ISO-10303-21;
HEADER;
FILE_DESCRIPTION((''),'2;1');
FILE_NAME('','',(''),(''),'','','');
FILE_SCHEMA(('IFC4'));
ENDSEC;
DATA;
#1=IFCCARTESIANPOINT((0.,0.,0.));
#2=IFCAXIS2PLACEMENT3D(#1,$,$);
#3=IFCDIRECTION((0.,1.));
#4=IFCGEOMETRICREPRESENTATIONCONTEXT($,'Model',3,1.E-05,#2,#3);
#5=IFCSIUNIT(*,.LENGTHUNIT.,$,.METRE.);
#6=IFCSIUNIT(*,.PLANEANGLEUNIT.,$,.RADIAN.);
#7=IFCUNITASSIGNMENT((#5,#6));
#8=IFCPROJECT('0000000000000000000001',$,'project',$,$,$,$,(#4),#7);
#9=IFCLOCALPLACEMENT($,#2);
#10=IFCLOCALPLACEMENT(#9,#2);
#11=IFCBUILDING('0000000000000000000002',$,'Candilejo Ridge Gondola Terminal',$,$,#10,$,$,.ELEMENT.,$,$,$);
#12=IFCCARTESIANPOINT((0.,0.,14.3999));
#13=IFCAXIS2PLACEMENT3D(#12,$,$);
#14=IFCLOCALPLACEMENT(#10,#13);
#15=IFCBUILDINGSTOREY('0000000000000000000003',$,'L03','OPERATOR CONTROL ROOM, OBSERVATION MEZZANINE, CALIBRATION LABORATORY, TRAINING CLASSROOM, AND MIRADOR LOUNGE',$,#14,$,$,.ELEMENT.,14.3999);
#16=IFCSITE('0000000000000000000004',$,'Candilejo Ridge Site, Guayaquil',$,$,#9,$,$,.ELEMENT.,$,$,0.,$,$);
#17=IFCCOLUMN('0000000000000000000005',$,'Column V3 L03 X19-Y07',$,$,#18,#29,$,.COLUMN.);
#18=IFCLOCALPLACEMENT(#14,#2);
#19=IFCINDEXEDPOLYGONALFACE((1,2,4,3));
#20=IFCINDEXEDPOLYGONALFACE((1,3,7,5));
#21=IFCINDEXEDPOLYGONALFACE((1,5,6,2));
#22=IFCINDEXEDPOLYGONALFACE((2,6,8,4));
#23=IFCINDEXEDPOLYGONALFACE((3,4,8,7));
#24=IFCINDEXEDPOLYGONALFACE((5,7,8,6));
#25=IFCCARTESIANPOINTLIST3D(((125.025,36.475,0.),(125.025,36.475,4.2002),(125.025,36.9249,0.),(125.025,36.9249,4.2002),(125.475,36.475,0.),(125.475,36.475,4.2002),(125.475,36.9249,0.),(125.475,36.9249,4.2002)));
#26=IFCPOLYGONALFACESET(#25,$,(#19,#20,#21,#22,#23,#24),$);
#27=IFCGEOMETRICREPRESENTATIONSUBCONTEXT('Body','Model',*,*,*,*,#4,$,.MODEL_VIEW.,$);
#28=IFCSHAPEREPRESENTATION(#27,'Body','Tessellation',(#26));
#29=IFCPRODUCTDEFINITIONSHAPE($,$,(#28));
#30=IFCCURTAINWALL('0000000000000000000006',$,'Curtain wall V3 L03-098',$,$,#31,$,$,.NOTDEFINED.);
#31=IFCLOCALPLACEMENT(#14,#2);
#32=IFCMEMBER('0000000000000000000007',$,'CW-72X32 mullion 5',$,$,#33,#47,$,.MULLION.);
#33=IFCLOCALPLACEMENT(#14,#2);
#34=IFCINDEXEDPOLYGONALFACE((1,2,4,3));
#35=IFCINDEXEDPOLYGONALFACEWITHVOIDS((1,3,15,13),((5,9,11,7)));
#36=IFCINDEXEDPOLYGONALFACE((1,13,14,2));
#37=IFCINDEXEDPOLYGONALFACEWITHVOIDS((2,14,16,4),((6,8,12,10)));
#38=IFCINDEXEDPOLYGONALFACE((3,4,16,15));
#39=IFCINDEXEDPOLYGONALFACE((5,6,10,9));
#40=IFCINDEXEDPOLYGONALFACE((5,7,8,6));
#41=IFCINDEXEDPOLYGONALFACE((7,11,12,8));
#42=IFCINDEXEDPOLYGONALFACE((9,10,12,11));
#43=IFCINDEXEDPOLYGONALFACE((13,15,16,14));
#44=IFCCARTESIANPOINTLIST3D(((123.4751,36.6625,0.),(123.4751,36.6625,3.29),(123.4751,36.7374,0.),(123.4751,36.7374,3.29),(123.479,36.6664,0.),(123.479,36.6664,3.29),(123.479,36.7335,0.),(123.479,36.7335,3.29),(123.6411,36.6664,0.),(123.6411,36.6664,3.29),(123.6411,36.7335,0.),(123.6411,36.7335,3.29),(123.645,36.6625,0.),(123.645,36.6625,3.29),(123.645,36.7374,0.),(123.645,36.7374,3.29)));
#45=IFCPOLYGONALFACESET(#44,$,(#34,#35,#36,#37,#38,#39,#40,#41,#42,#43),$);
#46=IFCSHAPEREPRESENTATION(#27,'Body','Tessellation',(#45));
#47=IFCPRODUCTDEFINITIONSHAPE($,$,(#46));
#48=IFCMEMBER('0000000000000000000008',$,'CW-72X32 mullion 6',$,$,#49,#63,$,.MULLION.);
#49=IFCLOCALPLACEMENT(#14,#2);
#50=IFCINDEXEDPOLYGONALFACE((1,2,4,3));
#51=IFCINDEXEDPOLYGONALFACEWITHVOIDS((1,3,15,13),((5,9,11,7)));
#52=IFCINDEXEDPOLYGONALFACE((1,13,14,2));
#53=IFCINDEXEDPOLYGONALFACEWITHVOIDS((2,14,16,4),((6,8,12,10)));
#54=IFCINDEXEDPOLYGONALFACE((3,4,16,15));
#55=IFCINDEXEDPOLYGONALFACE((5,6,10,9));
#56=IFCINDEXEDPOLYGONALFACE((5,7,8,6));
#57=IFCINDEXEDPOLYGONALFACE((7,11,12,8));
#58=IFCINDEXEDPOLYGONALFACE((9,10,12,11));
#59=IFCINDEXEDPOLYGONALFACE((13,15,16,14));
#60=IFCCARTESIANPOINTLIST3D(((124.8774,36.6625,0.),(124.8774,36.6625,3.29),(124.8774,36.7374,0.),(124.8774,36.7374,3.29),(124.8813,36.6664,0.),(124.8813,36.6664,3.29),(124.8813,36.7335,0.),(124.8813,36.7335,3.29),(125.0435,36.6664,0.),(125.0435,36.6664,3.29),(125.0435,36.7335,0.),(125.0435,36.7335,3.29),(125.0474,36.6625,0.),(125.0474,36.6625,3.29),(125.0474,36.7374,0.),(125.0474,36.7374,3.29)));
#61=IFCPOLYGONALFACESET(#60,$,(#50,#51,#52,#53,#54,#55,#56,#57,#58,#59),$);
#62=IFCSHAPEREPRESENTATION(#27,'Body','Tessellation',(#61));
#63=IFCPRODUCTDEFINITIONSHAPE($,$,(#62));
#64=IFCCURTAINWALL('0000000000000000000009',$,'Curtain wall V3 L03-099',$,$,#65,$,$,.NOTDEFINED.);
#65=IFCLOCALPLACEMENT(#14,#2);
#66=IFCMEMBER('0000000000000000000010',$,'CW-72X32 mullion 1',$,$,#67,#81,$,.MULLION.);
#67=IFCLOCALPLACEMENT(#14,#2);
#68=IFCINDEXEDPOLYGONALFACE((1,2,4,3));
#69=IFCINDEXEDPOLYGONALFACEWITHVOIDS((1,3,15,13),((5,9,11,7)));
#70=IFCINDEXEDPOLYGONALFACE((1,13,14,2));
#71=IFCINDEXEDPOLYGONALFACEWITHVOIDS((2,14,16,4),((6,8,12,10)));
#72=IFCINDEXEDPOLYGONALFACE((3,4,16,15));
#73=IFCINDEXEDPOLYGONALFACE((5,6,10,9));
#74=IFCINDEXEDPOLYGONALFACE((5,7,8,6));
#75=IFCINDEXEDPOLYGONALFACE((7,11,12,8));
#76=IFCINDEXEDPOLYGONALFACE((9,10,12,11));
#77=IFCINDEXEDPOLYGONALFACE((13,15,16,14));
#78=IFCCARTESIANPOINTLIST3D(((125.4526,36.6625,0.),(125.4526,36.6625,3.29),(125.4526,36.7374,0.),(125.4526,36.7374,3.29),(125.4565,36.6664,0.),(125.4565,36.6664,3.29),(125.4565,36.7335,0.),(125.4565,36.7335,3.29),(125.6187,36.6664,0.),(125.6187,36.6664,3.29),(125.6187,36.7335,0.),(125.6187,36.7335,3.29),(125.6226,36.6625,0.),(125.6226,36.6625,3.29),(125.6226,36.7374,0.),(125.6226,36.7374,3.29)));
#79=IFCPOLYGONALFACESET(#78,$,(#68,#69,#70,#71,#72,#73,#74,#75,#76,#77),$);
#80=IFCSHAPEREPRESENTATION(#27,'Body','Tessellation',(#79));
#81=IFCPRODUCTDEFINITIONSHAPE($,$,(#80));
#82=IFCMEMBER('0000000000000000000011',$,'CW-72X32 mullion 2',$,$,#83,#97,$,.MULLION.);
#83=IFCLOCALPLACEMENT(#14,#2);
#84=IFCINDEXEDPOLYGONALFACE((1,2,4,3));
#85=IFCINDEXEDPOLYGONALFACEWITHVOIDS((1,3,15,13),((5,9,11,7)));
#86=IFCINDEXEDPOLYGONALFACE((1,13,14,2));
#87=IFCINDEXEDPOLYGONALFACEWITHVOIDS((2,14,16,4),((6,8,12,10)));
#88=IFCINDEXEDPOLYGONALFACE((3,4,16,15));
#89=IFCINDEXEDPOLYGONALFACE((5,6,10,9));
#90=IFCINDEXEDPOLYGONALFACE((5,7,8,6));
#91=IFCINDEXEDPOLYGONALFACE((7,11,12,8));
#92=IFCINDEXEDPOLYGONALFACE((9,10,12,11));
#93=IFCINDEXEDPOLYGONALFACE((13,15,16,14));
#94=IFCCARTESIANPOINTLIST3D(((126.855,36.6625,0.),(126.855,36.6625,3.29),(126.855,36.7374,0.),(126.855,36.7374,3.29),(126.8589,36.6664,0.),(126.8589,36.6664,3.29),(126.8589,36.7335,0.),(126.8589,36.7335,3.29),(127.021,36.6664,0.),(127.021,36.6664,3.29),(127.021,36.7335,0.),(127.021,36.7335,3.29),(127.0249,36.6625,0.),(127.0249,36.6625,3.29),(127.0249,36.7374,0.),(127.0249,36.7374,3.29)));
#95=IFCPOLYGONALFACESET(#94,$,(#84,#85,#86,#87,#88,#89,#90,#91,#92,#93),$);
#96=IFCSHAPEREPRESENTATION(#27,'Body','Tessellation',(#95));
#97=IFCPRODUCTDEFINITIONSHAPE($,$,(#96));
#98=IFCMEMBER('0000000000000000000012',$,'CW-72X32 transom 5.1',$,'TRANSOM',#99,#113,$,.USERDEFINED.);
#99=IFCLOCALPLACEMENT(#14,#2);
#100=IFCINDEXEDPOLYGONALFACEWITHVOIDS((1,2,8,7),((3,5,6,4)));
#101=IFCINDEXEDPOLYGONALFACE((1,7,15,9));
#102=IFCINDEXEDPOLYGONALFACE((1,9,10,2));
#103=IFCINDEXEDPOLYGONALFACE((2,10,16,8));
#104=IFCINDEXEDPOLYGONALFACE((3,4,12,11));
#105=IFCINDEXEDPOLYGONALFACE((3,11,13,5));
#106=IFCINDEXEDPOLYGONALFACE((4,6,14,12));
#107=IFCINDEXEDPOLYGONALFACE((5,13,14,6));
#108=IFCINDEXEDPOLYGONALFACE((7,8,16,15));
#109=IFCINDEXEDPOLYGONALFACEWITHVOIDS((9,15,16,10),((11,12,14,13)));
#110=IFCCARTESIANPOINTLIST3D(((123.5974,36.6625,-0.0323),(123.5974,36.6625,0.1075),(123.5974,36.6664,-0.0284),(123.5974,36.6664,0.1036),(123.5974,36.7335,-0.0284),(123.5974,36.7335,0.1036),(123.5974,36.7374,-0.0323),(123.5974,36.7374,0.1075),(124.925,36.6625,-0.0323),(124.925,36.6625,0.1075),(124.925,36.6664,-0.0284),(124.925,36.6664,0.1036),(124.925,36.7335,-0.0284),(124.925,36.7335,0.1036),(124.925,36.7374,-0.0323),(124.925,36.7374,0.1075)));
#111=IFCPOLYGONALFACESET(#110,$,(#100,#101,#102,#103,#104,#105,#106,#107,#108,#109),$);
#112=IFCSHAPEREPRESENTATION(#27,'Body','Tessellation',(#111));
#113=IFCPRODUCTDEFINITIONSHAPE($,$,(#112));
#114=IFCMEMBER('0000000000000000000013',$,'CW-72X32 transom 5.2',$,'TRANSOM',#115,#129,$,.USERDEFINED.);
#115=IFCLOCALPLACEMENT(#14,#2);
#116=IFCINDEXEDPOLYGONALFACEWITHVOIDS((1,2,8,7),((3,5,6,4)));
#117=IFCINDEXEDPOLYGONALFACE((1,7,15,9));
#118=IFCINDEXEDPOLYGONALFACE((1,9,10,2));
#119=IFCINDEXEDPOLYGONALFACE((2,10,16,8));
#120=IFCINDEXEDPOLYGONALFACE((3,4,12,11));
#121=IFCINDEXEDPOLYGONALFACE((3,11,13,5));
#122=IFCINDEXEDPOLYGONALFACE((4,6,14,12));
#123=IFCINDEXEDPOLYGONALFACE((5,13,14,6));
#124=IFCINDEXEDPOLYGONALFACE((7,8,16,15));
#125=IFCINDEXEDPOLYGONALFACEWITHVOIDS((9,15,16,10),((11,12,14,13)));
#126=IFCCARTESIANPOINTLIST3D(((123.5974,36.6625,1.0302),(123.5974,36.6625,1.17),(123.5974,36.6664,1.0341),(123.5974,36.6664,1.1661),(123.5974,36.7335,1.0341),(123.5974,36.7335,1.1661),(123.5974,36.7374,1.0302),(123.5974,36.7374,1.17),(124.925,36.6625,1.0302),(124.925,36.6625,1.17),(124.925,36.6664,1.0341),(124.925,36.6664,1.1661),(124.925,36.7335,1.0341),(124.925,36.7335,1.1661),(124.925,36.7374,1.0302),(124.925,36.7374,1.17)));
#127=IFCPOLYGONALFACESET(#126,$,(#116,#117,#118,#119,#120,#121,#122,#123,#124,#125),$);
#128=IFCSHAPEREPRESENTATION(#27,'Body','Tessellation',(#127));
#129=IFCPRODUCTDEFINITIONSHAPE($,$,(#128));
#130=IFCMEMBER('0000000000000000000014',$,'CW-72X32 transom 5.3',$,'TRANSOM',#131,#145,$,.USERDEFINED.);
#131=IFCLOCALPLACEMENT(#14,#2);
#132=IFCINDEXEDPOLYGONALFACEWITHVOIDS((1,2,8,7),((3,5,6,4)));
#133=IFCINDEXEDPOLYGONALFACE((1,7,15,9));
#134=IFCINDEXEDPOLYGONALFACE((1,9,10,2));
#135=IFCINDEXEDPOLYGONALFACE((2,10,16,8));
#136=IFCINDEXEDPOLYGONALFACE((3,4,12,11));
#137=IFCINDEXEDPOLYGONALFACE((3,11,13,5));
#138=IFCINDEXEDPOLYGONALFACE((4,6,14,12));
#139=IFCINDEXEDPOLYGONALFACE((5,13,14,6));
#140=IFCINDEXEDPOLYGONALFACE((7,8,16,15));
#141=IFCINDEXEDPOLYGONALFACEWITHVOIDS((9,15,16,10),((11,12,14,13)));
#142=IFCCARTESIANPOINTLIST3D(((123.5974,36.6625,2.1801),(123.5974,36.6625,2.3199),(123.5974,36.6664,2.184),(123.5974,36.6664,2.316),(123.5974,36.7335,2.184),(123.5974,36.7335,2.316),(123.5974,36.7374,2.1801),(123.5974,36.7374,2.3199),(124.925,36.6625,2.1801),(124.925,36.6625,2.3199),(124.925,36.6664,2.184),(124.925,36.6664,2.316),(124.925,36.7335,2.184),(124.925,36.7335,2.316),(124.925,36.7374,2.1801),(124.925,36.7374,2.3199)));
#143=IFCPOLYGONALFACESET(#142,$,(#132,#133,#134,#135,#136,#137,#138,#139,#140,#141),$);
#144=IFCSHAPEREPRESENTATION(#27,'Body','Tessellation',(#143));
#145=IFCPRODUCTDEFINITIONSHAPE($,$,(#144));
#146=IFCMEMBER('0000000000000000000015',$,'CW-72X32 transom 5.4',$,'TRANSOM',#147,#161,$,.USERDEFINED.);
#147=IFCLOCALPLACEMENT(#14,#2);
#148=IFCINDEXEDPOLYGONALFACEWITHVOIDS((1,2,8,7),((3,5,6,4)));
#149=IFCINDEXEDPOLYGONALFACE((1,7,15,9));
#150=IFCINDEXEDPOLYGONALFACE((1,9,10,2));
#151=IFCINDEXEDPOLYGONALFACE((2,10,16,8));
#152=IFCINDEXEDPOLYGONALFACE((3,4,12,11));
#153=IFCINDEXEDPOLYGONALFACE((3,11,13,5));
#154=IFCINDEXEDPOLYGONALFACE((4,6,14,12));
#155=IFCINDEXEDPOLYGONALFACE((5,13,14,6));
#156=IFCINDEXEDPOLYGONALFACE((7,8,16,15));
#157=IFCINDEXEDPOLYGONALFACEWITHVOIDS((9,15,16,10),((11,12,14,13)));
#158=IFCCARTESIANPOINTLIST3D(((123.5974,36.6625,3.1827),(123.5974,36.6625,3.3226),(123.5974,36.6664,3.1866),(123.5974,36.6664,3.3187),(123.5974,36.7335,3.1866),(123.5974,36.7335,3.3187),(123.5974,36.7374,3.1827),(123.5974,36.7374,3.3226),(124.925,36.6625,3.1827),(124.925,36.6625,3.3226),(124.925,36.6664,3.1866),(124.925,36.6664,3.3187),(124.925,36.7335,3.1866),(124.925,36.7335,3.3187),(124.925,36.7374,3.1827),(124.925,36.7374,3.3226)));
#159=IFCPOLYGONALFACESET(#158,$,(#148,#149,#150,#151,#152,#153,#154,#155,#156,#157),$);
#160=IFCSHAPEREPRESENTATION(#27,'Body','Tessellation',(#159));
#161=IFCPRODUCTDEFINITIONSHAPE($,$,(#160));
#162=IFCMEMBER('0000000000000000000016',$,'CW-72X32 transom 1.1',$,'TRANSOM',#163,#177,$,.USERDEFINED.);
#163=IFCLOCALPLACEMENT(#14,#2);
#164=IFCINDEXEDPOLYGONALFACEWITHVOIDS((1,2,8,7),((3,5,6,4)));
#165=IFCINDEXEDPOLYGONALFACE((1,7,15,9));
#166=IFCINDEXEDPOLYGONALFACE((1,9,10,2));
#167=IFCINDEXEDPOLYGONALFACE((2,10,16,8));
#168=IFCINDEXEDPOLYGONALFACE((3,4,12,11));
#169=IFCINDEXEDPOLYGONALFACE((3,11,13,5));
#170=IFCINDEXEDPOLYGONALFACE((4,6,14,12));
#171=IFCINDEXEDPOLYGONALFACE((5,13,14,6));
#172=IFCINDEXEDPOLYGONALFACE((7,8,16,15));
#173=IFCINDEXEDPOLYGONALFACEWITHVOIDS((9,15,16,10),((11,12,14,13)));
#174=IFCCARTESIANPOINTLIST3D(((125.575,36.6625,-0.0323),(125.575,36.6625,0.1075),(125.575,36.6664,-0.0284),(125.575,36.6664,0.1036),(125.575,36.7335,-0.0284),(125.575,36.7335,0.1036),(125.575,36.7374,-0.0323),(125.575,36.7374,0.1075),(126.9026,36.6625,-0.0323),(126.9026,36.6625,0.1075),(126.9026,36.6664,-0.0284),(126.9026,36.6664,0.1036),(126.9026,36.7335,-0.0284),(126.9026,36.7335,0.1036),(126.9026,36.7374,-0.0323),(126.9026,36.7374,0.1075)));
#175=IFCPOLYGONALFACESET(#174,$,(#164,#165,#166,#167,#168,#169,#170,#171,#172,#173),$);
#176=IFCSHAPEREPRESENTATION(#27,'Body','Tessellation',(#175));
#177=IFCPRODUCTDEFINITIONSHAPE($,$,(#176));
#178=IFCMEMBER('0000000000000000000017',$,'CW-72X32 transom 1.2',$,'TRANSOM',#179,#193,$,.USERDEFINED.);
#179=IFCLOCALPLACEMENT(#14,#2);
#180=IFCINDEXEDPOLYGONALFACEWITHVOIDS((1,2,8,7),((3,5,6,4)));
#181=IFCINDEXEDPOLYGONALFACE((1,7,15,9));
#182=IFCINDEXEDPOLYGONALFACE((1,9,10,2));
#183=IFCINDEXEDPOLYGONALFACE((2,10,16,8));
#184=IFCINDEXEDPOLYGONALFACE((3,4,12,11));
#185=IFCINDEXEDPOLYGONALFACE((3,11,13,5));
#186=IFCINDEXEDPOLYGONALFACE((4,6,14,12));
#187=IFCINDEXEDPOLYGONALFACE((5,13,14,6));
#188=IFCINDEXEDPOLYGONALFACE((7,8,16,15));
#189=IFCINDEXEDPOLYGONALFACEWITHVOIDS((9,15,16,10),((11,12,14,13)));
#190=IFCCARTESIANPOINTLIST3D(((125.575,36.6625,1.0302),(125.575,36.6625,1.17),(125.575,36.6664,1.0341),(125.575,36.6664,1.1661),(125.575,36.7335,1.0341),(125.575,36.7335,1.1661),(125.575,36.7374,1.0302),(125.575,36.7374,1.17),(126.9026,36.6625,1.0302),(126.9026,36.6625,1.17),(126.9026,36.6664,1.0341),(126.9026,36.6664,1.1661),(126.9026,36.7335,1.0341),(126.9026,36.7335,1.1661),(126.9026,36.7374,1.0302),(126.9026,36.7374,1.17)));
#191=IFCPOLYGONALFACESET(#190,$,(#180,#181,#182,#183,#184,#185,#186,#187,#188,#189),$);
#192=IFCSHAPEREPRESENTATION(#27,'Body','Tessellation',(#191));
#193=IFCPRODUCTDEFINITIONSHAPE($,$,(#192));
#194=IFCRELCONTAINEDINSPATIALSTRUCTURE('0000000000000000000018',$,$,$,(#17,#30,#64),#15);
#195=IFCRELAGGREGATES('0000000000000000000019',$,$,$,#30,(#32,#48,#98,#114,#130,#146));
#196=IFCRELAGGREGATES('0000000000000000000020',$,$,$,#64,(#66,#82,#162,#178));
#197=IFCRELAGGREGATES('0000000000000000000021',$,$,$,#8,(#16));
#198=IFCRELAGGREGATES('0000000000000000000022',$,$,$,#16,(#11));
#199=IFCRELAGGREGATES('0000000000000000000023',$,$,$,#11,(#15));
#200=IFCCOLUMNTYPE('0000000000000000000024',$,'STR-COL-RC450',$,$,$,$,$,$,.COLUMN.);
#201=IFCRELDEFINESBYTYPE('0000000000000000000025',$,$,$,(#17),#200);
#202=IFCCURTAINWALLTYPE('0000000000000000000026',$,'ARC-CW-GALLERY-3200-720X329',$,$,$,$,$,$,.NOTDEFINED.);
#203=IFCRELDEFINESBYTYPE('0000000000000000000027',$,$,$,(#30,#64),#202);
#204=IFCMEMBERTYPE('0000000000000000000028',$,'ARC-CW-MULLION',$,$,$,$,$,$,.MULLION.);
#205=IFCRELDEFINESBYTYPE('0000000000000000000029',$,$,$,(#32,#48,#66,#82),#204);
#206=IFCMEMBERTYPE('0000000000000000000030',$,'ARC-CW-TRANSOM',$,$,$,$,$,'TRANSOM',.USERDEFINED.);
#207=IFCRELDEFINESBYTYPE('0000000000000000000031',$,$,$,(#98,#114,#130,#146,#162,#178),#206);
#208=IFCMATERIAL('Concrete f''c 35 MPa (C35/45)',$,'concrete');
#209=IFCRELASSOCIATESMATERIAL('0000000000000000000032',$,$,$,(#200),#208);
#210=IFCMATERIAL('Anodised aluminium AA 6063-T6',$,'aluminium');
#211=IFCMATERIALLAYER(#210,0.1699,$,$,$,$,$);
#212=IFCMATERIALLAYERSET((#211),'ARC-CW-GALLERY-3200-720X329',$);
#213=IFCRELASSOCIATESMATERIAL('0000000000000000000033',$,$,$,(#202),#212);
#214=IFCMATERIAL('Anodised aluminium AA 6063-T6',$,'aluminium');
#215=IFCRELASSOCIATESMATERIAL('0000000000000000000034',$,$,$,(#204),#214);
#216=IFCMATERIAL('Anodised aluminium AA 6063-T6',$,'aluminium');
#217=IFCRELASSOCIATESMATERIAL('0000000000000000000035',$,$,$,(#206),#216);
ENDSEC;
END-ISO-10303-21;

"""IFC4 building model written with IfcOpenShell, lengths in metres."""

from ifc_helpers import new_model, si_unit, direction, frame, origin, origin_2d, place, context, subcontext, project, spatial, rectangle, hollow_rectangle, extrude, material, layer, layer_set, material_profile, profile_set, type_object, element, aggregate, save


model = new_model("IFC4")

# Units and contexts
model_context = context("Model", 3, precision=1e-05, world=origin(), true_north=direction((0.0, 1.0)))
body_context = subcontext(model_context, "Body", "Model", "MODEL_VIEW")
ifc_project = project(units=[si_unit("LENGTHUNIT", "METRE"), si_unit("PLANEANGLEUNIT", "RADIAN")], contexts=[model_context])

# Site, building, storey
site_placement = place(None, origin())
site = spatial("IfcSite", under=ifc_project, at=site_placement, Name="Candilejo Ridge Site, Guayaquil", CompositionType="ELEMENT", RefElevation=0.0)
building_placement = place(site_placement, origin())
building = spatial("IfcBuilding", under=site, at=building_placement, Name="Candilejo Ridge Gondola Terminal", CompositionType="ELEMENT")
storey_placement = place(building_placement, frame((0.0, 0.0, 14.3999)))
storey = spatial("IfcBuildingStorey", under=building, at=storey_placement, Name="L03", Description="OPERATOR CONTROL ROOM, OBSERVATION MEZZANINE, CALIBRATION LABORATORY, TRAINING CLASSROOM, AND MIRADOR LOUNGE", CompositionType="ELEMENT", Elevation=14.3999)

# Column
ifc_material_1 = material(Name="Concrete f'c 35 MPa (C35/45)", Category="concrete")
ifc_material_profile_1 = material_profile(ifc_material_1, rectangle(XDim=0.45, YDim=0.45, at=origin_2d()))
ifc_profile_set_1 = profile_set([ifc_material_profile_1], Name="Concrete f'c 35 MPa (C35/45)")
column_type = type_object("IfcColumnType", Name="STR-COL-RC450", PredefinedType="COLUMN", material=ifc_profile_set_1)
column_placement = place(storey_placement, frame((125.25, 36.7, 0.0), z_axis=(0.0, 0.0, 1.0), x_axis=(1.0, 0.0, 0.0)))
element("IfcColumn", 1, at=column_placement, inside=storey, type_object=column_type, Name="Column V3 L03 X19-Y07", PredefinedType="COLUMN", context=body_context, shape_type="SweptSolid", body=[
    extrude(rectangle(XDim=0.45, YDim=0.45, at=origin_2d()), origin(), (0.0, 0.0, 1.0), 4.2002),
])

# Curtain walls, members
ifc_material_2 = material(Name="Anodised aluminium AA 6063-T6", Category="aluminium")
ifc_layer_1 = layer(ifc_material_2, 0.1699)
ifc_layer_set_1 = layer_set([ifc_layer_1], Name="ARC-CW-GALLERY-3200-720X329")
curtain_wall_type = type_object("IfcCurtainWallType", Name="ARC-CW-GALLERY-3200-720X329", PredefinedType="NOTDEFINED", material=ifc_layer_set_1)
curtain_wall_1_placement = place(storey_placement, origin())
curtain_wall_1 = element("IfcCurtainWall", 2, at=curtain_wall_1_placement, inside=storey, type_object=curtain_wall_type, Name="Curtain wall V3 L03-098", PredefinedType="NOTDEFINED")
ifc_material_3 = material(Name="Anodised aluminium AA 6063-T6", Category="aluminium")
ifc_material_profile_2 = material_profile(ifc_material_3, hollow_rectangle(XDim=0.075, YDim=0.1699, WallThickness=0.0039, at=origin_2d()))
ifc_profile_set_2 = profile_set([ifc_material_profile_2], Name="Anodised aluminium AA 6063-T6")
member_type_1 = type_object("IfcMemberType", Name="ARC-CW-MULLION", PredefinedType="MULLION", material=ifc_profile_set_2)
member_1_placement = place(storey_placement, frame((123.5601, 36.7, 0.0), z_axis=(0.0, 0.0, 1.0), x_axis=(0.0, 1.0, 0.0)))
member_1 = element("IfcMember", 3, at=member_1_placement, type_object=member_type_1, Name="CW-72X32 mullion 5", PredefinedType="MULLION", context=body_context, shape_type="SweptSolid", body=[
    extrude(hollow_rectangle(XDim=0.075, YDim=0.1699, WallThickness=0.0039, at=origin_2d()), origin(), (0.0, 0.0, 1.0), 3.29),
])
member_2_placement = place(storey_placement, frame((124.9624, 36.7, 0.0), z_axis=(0.0, 0.0, 1.0), x_axis=(0.0, 1.0, 0.0)))
member_2 = element("IfcMember", 4, at=member_2_placement, type_object=member_type_1, Name="CW-72X32 mullion 6", PredefinedType="MULLION", context=body_context, shape_type="SweptSolid", body=[
    extrude(hollow_rectangle(XDim=0.075, YDim=0.1699, WallThickness=0.0039, at=origin_2d()), origin(), (0.0, 0.0, 1.0), 3.29),
])
curtain_wall_2_placement = place(storey_placement, origin())
curtain_wall_2 = element("IfcCurtainWall", 5, at=curtain_wall_2_placement, inside=storey, type_object=curtain_wall_type, Name="Curtain wall V3 L03-099", PredefinedType="NOTDEFINED")
member_3_placement = place(storey_placement, frame((125.5376, 36.7, 0.0), z_axis=(0.0, 0.0, 1.0), x_axis=(0.0, 1.0, 0.0)))
member_3 = element("IfcMember", 6, at=member_3_placement, type_object=member_type_1, Name="CW-72X32 mullion 1", PredefinedType="MULLION", context=body_context, shape_type="SweptSolid", body=[
    extrude(hollow_rectangle(XDim=0.075, YDim=0.1699, WallThickness=0.0039, at=origin_2d()), origin(), (0.0, 0.0, 1.0), 3.29),
])
member_4_placement = place(storey_placement, frame((126.9399, 36.7, 0.0), z_axis=(0.0, 0.0, 1.0), x_axis=(0.0, 1.0, 0.0)))
member_4 = element("IfcMember", 7, at=member_4_placement, type_object=member_type_1, Name="CW-72X32 mullion 2", PredefinedType="MULLION", context=body_context, shape_type="SweptSolid", body=[
    extrude(hollow_rectangle(XDim=0.075, YDim=0.1699, WallThickness=0.0039, at=origin_2d()), origin(), (0.0, 0.0, 1.0), 3.29),
])

# Members
ifc_material_4 = material(Name="Anodised aluminium AA 6063-T6", Category="aluminium")
ifc_material_profile_3 = material_profile(ifc_material_4, hollow_rectangle(XDim=0.075, YDim=0.1399, WallThickness=0.0039, at=origin_2d()))
ifc_profile_set_3 = profile_set([ifc_material_profile_3], Name="Anodised aluminium AA 6063-T6")
member_type_2 = type_object("IfcMemberType", Name="ARC-CW-TRANSOM", ElementType="TRANSOM", PredefinedType="USERDEFINED", material=ifc_profile_set_3)
member_5_placement = place(storey_placement, frame((123.5974, 36.7, 0.0376), z_axis=(1.0, 0.0, 0.0), x_axis=(0.0, 1.0, 0.0)))
member_5 = element("IfcMember", 8, at=member_5_placement, type_object=member_type_2, Name="CW-72X32 transom 5.1", ObjectType="TRANSOM", PredefinedType="USERDEFINED", context=body_context, shape_type="SweptSolid", body=[
    extrude(hollow_rectangle(XDim=0.075, YDim=0.1399, WallThickness=0.0039, at=origin_2d()), origin(), (0.0, 0.0, 1.0), 1.3276),
])
member_6_placement = place(storey_placement, frame((123.5974, 36.7, 1.1001), z_axis=(1.0, 0.0, 0.0), x_axis=(0.0, 1.0, 0.0)))
member_6 = element("IfcMember", 9, at=member_6_placement, type_object=member_type_2, Name="CW-72X32 transom 5.2", ObjectType="TRANSOM", PredefinedType="USERDEFINED", context=body_context, shape_type="SweptSolid", body=[
    extrude(hollow_rectangle(XDim=0.075, YDim=0.1399, WallThickness=0.0039, at=origin_2d()), origin(), (0.0, 0.0, 1.0), 1.3276),
])
member_7_placement = place(storey_placement, frame((123.5974, 36.7, 2.25), z_axis=(1.0, 0.0, 0.0), x_axis=(0.0, 1.0, 0.0)))
member_7 = element("IfcMember", 10, at=member_7_placement, type_object=member_type_2, Name="CW-72X32 transom 5.3", ObjectType="TRANSOM", PredefinedType="USERDEFINED", context=body_context, shape_type="SweptSolid", body=[
    extrude(hollow_rectangle(XDim=0.075, YDim=0.1399, WallThickness=0.0039, at=origin_2d()), origin(), (0.0, 0.0, 1.0), 1.3276),
])
member_8_placement = place(storey_placement, frame((123.5974, 36.7, 3.2527), z_axis=(1.0, 0.0, 0.0), x_axis=(0.0, 1.0, 0.0)))
member_8 = element("IfcMember", 11, at=member_8_placement, type_object=member_type_2, Name="CW-72X32 transom 5.4", ObjectType="TRANSOM", PredefinedType="USERDEFINED", context=body_context, shape_type="SweptSolid", body=[
    extrude(hollow_rectangle(XDim=0.075, YDim=0.1399, WallThickness=0.0039, at=origin_2d()), origin(), (0.0, 0.0, 1.0), 1.3276),
])
member_9_placement = place(storey_placement, frame((125.575, 36.7, 0.0376), z_axis=(1.0, 0.0, 0.0), x_axis=(0.0, 1.0, 0.0)))
member_9 = element("IfcMember", 12, at=member_9_placement, type_object=member_type_2, Name="CW-72X32 transom 1.1", ObjectType="TRANSOM", PredefinedType="USERDEFINED", context=body_context, shape_type="SweptSolid", body=[
    extrude(hollow_rectangle(XDim=0.075, YDim=0.1399, WallThickness=0.0039, at=origin_2d()), origin(), (0.0, 0.0, 1.0), 1.3276),
])
member_10_placement = place(storey_placement, frame((125.575, 36.7, 1.1001), z_axis=(1.0, 0.0, 0.0), x_axis=(0.0, 1.0, 0.0)))
member_10 = element("IfcMember", 13, at=member_10_placement, type_object=member_type_2, Name="CW-72X32 transom 1.2", ObjectType="TRANSOM", PredefinedType="USERDEFINED", context=body_context, shape_type="SweptSolid", body=[
    extrude(hollow_rectangle(XDim=0.075, YDim=0.1399, WallThickness=0.0039, at=origin_2d()), origin(), (0.0, 0.0, 1.0), 1.3276),
])

aggregate(curtain_wall_1, [member_1, member_2, member_5, member_6, member_7, member_8])
aggregate(curtain_wall_2, [member_3, member_4, member_9, member_10])

save(model, "model.ifc")
